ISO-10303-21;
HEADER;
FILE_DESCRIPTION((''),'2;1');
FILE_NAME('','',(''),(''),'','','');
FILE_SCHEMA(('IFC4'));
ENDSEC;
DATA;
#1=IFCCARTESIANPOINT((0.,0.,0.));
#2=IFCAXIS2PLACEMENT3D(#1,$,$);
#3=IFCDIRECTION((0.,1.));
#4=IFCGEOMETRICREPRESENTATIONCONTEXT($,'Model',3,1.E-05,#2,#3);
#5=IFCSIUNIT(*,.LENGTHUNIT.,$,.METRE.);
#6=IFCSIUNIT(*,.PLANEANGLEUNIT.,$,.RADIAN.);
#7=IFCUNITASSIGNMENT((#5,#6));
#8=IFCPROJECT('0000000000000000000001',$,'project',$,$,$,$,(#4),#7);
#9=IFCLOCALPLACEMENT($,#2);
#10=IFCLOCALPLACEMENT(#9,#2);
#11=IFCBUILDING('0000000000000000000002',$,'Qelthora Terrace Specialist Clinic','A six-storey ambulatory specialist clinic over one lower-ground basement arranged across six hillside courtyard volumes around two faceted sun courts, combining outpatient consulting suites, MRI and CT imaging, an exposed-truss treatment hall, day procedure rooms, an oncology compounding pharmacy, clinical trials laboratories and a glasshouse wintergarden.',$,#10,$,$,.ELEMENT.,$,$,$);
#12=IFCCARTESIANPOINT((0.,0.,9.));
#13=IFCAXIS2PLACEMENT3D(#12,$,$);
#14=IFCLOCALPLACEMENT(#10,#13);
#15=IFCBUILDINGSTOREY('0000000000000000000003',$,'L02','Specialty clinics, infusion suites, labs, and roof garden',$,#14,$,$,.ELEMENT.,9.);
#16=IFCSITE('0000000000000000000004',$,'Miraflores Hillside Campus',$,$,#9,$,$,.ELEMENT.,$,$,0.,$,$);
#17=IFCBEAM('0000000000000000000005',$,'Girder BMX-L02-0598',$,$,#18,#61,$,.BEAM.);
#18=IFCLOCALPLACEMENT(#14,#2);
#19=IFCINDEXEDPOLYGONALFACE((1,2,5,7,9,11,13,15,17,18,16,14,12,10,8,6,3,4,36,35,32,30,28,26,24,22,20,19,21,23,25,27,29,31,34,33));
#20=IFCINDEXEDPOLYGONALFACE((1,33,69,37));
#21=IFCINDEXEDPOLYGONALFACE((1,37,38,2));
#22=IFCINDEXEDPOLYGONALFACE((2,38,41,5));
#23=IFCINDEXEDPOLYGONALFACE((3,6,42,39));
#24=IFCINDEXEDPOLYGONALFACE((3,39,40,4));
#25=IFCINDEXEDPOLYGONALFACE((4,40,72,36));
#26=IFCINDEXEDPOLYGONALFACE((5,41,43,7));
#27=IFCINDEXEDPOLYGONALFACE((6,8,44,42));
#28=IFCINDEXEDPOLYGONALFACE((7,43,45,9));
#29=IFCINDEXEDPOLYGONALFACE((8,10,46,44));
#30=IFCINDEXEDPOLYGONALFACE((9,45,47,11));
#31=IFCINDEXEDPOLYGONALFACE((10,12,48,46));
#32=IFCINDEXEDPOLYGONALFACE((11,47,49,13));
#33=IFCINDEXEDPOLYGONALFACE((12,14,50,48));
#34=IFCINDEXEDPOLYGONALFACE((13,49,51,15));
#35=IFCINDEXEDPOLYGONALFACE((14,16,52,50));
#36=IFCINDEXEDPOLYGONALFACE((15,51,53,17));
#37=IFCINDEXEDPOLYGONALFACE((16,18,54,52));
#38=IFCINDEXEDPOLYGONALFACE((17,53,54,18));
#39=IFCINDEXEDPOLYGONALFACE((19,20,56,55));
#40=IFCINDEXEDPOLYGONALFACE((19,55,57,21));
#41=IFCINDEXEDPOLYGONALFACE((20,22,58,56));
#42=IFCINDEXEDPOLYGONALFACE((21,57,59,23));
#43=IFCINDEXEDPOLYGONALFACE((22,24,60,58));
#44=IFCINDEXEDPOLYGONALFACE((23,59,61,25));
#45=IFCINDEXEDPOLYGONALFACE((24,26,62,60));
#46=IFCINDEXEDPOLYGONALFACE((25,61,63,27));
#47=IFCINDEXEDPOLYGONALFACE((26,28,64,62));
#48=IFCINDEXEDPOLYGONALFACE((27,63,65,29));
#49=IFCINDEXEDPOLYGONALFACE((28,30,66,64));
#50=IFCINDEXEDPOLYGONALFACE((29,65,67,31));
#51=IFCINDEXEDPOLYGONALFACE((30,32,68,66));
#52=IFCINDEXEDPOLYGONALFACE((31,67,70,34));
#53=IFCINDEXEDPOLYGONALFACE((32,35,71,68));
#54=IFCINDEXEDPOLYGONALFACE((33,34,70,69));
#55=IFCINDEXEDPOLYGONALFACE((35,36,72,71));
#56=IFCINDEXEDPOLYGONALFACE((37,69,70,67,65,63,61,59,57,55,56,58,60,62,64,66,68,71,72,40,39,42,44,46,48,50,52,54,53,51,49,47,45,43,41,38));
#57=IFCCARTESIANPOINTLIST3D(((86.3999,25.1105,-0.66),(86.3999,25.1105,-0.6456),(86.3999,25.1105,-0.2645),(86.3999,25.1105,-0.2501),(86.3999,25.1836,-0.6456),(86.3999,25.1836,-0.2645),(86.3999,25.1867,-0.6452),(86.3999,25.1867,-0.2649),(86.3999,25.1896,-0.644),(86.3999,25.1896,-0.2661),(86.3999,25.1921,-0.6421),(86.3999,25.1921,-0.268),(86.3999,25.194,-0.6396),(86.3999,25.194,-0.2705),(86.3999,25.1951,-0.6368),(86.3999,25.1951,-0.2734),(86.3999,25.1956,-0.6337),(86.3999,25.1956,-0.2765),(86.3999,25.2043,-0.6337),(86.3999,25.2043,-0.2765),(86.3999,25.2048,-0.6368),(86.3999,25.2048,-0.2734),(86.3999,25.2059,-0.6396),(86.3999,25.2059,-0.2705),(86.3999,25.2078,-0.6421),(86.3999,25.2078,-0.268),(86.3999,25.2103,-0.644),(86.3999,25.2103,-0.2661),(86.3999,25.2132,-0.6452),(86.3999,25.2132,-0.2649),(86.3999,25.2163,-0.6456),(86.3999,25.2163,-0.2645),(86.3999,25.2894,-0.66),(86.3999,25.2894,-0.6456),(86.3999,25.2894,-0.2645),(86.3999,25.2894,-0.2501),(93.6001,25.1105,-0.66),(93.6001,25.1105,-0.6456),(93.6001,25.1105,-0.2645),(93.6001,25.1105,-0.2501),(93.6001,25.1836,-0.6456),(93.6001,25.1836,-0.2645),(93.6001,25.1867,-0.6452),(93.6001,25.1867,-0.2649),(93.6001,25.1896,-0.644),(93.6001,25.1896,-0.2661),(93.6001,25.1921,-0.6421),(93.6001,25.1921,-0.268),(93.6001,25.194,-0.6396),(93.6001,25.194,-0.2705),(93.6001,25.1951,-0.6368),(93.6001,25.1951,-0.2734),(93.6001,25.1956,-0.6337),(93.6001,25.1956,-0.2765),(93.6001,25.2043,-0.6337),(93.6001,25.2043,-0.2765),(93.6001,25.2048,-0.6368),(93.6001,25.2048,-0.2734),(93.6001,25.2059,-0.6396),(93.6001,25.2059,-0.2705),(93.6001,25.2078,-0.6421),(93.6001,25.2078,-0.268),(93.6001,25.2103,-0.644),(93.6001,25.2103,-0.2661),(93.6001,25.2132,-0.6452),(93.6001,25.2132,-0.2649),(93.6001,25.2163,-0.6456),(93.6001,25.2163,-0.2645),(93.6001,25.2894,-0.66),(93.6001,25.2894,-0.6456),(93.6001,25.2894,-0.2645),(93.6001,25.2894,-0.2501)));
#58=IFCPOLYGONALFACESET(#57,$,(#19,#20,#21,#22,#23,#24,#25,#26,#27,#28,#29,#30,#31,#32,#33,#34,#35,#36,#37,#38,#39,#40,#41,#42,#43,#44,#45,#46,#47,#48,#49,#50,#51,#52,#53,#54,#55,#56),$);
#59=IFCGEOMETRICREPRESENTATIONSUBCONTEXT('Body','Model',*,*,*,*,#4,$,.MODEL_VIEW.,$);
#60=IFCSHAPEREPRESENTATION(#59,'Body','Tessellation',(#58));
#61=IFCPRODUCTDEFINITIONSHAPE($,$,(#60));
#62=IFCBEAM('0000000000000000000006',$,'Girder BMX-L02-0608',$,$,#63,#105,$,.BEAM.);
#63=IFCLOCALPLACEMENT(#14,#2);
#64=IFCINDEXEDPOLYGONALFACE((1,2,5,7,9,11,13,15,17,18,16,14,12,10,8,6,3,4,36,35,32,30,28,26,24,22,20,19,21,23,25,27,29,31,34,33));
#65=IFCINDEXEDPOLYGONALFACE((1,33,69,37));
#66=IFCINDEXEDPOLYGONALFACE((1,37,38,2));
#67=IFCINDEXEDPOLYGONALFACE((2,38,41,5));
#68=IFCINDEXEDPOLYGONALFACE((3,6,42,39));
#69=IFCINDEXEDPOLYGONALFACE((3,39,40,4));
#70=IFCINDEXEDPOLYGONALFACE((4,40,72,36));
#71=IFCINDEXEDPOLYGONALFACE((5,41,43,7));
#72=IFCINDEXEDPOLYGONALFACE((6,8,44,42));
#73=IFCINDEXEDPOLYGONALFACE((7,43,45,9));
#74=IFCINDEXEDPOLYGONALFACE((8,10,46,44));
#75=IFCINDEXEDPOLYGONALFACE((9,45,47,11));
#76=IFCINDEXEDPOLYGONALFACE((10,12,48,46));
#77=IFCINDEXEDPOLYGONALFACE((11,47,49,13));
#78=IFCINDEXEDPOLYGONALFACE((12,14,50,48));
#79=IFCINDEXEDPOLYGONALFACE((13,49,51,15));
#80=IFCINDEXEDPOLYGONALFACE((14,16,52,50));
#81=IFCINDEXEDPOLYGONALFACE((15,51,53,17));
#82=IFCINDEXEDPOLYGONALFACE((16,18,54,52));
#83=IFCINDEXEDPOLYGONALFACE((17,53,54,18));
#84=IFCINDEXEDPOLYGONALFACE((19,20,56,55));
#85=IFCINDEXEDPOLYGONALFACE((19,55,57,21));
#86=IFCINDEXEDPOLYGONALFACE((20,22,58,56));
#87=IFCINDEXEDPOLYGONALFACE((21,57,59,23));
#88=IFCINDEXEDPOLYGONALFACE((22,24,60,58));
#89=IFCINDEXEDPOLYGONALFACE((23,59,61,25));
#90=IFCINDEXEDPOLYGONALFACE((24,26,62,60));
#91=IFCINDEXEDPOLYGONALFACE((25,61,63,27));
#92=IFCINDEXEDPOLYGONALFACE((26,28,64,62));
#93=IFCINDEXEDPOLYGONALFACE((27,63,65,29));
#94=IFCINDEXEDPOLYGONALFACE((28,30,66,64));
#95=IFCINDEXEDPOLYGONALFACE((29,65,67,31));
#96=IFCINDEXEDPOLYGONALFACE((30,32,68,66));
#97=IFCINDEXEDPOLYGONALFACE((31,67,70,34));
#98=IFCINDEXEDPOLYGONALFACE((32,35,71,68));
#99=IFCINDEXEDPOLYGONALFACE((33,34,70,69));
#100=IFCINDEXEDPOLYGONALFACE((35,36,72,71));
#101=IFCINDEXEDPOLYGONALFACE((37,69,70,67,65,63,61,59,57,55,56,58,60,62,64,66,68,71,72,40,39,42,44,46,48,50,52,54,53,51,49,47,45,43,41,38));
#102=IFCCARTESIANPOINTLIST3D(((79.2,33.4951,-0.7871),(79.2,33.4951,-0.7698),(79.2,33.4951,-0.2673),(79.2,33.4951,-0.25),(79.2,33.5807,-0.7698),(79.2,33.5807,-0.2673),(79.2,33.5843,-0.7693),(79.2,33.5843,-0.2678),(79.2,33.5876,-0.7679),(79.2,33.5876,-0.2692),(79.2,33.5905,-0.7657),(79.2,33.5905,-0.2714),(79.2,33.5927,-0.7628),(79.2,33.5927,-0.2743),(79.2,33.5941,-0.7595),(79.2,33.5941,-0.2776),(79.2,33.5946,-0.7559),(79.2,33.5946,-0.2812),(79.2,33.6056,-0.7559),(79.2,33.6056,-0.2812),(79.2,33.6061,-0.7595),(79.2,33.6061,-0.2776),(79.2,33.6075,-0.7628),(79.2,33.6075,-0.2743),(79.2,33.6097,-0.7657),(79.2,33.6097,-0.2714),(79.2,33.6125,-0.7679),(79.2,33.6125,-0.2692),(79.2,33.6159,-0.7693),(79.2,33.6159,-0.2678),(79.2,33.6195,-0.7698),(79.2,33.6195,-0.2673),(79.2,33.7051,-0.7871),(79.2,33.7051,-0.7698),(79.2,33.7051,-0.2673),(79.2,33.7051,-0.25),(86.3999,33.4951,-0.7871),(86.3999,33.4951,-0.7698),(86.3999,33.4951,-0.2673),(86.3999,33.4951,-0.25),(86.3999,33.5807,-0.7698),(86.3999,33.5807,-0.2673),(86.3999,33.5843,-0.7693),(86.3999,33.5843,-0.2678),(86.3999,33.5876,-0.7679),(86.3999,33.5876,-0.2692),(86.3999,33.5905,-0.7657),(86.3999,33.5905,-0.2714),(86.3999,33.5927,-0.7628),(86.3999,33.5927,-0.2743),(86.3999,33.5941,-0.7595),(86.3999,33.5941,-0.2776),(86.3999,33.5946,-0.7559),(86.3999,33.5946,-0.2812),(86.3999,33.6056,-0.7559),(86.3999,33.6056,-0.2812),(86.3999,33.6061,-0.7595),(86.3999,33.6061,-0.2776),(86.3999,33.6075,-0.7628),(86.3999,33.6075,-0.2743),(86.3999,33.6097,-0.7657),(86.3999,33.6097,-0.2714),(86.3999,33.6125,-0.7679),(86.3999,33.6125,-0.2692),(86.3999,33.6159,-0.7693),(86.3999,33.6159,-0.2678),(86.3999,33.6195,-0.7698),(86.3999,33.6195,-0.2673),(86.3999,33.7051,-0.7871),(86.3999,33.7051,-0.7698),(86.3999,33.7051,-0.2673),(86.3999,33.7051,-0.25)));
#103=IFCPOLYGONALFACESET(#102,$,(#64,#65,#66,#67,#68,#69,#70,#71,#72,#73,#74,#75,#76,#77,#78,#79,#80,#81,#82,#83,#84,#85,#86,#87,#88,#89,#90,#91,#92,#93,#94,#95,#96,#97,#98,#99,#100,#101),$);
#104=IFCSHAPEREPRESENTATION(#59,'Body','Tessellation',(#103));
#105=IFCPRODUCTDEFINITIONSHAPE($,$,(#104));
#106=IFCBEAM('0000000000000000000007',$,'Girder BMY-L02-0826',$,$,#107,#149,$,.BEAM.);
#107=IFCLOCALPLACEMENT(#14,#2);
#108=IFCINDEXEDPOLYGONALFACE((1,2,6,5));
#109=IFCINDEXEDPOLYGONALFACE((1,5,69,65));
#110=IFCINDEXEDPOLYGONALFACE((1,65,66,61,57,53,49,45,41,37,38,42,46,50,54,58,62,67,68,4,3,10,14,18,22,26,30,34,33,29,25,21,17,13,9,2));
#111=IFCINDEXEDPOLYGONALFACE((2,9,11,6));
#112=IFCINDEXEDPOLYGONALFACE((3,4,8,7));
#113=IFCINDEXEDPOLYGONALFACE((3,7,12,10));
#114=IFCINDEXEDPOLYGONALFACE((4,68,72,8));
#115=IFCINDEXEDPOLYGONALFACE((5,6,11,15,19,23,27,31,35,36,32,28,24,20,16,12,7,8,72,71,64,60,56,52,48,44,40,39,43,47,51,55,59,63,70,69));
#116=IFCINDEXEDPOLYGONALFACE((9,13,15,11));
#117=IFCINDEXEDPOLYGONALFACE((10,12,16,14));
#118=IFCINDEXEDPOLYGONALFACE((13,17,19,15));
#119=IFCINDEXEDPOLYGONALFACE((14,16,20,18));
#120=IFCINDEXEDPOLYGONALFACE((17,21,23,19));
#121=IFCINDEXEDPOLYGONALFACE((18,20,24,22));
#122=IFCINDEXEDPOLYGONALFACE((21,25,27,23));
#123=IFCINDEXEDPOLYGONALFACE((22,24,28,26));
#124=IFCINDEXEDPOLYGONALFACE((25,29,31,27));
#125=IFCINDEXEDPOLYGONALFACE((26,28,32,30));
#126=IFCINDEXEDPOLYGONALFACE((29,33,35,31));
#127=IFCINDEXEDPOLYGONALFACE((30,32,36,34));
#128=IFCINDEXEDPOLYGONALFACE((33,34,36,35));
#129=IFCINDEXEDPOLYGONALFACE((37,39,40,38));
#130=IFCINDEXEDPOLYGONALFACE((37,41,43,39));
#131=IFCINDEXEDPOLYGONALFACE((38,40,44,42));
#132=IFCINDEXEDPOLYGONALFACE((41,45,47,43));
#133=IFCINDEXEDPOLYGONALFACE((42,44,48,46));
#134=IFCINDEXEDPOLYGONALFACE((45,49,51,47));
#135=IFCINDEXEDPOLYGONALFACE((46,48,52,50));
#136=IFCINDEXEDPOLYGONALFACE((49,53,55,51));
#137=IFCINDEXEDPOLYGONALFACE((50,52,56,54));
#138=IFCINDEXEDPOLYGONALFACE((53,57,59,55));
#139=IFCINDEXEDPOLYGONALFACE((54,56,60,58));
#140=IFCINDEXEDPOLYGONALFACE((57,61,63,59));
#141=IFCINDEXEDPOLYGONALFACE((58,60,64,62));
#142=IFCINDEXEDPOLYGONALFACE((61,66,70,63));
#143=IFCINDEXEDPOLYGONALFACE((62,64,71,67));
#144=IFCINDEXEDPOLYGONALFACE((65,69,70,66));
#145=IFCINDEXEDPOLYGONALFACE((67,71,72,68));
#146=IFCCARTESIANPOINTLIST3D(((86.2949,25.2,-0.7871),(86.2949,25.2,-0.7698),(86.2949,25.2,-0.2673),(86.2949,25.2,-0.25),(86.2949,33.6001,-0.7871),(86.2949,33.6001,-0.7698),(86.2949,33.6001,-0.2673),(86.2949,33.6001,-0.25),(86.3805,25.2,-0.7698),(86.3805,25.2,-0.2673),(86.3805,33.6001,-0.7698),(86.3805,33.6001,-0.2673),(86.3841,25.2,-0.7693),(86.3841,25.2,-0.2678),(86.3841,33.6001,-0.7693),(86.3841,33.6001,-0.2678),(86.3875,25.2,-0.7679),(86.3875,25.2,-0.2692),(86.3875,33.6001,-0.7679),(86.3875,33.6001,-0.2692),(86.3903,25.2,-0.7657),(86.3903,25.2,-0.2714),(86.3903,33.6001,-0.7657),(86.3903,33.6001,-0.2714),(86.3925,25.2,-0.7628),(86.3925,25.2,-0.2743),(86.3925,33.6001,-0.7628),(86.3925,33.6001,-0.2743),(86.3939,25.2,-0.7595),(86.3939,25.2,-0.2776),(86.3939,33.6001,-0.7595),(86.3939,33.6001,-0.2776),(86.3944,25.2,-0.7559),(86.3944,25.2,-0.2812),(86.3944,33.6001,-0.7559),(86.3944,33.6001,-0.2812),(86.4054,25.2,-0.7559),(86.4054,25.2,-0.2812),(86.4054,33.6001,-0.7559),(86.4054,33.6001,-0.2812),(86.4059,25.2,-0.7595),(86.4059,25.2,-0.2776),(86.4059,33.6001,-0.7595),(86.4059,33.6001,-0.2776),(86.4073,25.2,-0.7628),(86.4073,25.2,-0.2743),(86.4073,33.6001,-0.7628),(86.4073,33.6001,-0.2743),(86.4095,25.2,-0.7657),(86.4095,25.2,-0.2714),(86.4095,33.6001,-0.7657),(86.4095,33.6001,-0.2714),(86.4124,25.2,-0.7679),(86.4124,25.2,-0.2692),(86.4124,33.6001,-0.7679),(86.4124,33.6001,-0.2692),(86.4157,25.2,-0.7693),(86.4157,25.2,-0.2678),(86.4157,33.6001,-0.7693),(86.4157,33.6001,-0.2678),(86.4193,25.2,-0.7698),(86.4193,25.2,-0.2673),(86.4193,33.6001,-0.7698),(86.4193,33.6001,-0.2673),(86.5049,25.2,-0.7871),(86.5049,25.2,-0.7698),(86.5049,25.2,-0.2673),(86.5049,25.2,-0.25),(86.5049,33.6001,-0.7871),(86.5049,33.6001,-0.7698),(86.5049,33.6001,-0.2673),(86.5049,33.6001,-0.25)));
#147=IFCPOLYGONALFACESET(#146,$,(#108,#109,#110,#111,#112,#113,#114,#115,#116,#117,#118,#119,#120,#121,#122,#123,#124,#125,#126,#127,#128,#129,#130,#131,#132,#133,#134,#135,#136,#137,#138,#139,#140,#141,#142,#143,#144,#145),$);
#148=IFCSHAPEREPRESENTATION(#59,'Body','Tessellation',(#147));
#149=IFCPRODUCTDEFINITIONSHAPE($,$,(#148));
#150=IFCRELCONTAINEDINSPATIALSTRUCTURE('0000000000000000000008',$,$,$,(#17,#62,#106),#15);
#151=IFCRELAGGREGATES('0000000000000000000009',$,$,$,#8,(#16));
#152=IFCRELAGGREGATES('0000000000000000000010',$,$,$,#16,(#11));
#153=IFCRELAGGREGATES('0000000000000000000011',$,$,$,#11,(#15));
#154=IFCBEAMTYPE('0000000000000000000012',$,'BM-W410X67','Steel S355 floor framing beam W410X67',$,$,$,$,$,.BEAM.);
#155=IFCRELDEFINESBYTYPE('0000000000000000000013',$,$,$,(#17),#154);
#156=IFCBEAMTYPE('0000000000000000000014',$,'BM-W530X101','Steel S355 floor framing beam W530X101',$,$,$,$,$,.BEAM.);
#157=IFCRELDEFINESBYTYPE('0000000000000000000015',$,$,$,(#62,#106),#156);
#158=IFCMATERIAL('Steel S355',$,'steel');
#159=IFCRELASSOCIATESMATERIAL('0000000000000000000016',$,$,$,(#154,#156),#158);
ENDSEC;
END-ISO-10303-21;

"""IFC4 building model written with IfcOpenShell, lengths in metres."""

from ifc_helpers import new_model, si_unit, direction, frame, origin, origin_2d, place, context, subcontext, project, spatial, i_section, extrude, material, material_profile, profile_set, type_object, element, save


model = new_model("IFC4")

# Units and contexts
model_context = context("Model", 3, precision=1e-05, world=origin(), true_north=direction((0.0, 1.0)))
body_context = subcontext(model_context, "Body", "Model", "MODEL_VIEW")
ifc_project = project(units=[si_unit("LENGTHUNIT", "METRE"), si_unit("PLANEANGLEUNIT", "RADIAN")], contexts=[model_context])

# Site, building, storey
site_placement = place(None, origin())
site = spatial("IfcSite", under=ifc_project, at=site_placement, Name="Miraflores Hillside Campus", CompositionType="ELEMENT", RefElevation=0.0)
building_placement = place(site_placement, origin())
building = spatial("IfcBuilding", under=site, at=building_placement, Name="Qelthora Terrace Specialist Clinic", Description="A six-storey ambulatory specialist clinic over one lower-ground basement arranged across six hillside courtyard volumes around two faceted sun courts, combining outpatient consulting suites, MRI and CT imaging, an exposed-truss treatment hall, day procedure rooms, an oncology compounding pharmacy, clinical trials laboratories and a glasshouse wintergarden.", CompositionType="ELEMENT")
storey_placement = place(building_placement, frame((0.0, 0.0, 9.0)))
storey = spatial("IfcBuildingStorey", under=building, at=storey_placement, Name="L02", Description="Specialty clinics, infusion suites, labs, and roof garden", CompositionType="ELEMENT", Elevation=9.0)

# Beams
ifc_material = material(Name="Steel S355", Category="steel")
ifc_material_profile_1 = material_profile(ifc_material, i_section(OverallWidth=0.179, OverallDepth=0.4099, WebThickness=0.0088, FlangeThickness=0.0144, FilletRadius=0.012, at=origin_2d()), Name="W410X67")
ifc_profile_set_1 = profile_set([ifc_material_profile_1], Name="Steel S355")
beam_type_1 = type_object("IfcBeamType", Name="BM-W410X67", Description="Steel S355 floor framing beam W410X67", PredefinedType="BEAM", material=ifc_profile_set_1)
beam_1_placement = place(storey_placement, frame((86.3999, 25.2, -0.4551), z_axis=(1.0, 0.0, 0.0), x_axis=(0.0, 1.0, 0.0)))
element("IfcBeam", 1, at=beam_1_placement, inside=storey, type_object=beam_type_1, Name="Girder BMX-L02-0598", PredefinedType="BEAM", context=body_context, shape_type="SweptSolid", body=[
    extrude(i_section(OverallWidth=0.179, OverallDepth=0.4099, WebThickness=0.0088, FlangeThickness=0.0144, FilletRadius=0.012, at=origin_2d()), origin(), (0.0, 0.0, 1.0), 7.2002),
])
ifc_material_profile_2 = material_profile(ifc_material, i_section(OverallWidth=0.21, OverallDepth=0.5371, WebThickness=0.011, FlangeThickness=0.0173, FilletRadius=0.0139, at=origin_2d()), Name="W530X101")
ifc_profile_set_2 = profile_set([ifc_material_profile_2], Name="Steel S355")
beam_type_2 = type_object("IfcBeamType", Name="BM-W530X101", Description="Steel S355 floor framing beam W530X101", PredefinedType="BEAM", material=ifc_profile_set_2)
beam_2_placement = place(storey_placement, frame((79.2, 33.6001, -0.5186), z_axis=(1.0, 0.0, 0.0), x_axis=(0.0, 1.0, 0.0)))
element("IfcBeam", 2, at=beam_2_placement, inside=storey, type_object=beam_type_2, Name="Girder BMX-L02-0608", PredefinedType="BEAM", context=body_context, shape_type="SweptSolid", body=[
    extrude(i_section(OverallWidth=0.21, OverallDepth=0.5371, WebThickness=0.011, FlangeThickness=0.0173, FilletRadius=0.0139, at=origin_2d()), origin(), (0.0, 0.0, 1.0), 7.2),
])
beam_3_placement = place(storey_placement, frame((86.3999, 25.2, -0.5186), z_axis=(0.0, 1.0, 0.0), x_axis=(-1.0, 0.0, 0.0)))
element("IfcBeam", 3, at=beam_3_placement, inside=storey, type_object=beam_type_2, Name="Girder BMY-L02-0826", PredefinedType="BEAM", context=body_context, shape_type="SweptSolid", body=[
    extrude(i_section(OverallWidth=0.21, OverallDepth=0.5371, WebThickness=0.011, FlangeThickness=0.0173, FilletRadius=0.0139, at=origin_2d()), origin(), (0.0, 0.0, 1.0), 8.4001),
])

save(model, "model.ifc")
